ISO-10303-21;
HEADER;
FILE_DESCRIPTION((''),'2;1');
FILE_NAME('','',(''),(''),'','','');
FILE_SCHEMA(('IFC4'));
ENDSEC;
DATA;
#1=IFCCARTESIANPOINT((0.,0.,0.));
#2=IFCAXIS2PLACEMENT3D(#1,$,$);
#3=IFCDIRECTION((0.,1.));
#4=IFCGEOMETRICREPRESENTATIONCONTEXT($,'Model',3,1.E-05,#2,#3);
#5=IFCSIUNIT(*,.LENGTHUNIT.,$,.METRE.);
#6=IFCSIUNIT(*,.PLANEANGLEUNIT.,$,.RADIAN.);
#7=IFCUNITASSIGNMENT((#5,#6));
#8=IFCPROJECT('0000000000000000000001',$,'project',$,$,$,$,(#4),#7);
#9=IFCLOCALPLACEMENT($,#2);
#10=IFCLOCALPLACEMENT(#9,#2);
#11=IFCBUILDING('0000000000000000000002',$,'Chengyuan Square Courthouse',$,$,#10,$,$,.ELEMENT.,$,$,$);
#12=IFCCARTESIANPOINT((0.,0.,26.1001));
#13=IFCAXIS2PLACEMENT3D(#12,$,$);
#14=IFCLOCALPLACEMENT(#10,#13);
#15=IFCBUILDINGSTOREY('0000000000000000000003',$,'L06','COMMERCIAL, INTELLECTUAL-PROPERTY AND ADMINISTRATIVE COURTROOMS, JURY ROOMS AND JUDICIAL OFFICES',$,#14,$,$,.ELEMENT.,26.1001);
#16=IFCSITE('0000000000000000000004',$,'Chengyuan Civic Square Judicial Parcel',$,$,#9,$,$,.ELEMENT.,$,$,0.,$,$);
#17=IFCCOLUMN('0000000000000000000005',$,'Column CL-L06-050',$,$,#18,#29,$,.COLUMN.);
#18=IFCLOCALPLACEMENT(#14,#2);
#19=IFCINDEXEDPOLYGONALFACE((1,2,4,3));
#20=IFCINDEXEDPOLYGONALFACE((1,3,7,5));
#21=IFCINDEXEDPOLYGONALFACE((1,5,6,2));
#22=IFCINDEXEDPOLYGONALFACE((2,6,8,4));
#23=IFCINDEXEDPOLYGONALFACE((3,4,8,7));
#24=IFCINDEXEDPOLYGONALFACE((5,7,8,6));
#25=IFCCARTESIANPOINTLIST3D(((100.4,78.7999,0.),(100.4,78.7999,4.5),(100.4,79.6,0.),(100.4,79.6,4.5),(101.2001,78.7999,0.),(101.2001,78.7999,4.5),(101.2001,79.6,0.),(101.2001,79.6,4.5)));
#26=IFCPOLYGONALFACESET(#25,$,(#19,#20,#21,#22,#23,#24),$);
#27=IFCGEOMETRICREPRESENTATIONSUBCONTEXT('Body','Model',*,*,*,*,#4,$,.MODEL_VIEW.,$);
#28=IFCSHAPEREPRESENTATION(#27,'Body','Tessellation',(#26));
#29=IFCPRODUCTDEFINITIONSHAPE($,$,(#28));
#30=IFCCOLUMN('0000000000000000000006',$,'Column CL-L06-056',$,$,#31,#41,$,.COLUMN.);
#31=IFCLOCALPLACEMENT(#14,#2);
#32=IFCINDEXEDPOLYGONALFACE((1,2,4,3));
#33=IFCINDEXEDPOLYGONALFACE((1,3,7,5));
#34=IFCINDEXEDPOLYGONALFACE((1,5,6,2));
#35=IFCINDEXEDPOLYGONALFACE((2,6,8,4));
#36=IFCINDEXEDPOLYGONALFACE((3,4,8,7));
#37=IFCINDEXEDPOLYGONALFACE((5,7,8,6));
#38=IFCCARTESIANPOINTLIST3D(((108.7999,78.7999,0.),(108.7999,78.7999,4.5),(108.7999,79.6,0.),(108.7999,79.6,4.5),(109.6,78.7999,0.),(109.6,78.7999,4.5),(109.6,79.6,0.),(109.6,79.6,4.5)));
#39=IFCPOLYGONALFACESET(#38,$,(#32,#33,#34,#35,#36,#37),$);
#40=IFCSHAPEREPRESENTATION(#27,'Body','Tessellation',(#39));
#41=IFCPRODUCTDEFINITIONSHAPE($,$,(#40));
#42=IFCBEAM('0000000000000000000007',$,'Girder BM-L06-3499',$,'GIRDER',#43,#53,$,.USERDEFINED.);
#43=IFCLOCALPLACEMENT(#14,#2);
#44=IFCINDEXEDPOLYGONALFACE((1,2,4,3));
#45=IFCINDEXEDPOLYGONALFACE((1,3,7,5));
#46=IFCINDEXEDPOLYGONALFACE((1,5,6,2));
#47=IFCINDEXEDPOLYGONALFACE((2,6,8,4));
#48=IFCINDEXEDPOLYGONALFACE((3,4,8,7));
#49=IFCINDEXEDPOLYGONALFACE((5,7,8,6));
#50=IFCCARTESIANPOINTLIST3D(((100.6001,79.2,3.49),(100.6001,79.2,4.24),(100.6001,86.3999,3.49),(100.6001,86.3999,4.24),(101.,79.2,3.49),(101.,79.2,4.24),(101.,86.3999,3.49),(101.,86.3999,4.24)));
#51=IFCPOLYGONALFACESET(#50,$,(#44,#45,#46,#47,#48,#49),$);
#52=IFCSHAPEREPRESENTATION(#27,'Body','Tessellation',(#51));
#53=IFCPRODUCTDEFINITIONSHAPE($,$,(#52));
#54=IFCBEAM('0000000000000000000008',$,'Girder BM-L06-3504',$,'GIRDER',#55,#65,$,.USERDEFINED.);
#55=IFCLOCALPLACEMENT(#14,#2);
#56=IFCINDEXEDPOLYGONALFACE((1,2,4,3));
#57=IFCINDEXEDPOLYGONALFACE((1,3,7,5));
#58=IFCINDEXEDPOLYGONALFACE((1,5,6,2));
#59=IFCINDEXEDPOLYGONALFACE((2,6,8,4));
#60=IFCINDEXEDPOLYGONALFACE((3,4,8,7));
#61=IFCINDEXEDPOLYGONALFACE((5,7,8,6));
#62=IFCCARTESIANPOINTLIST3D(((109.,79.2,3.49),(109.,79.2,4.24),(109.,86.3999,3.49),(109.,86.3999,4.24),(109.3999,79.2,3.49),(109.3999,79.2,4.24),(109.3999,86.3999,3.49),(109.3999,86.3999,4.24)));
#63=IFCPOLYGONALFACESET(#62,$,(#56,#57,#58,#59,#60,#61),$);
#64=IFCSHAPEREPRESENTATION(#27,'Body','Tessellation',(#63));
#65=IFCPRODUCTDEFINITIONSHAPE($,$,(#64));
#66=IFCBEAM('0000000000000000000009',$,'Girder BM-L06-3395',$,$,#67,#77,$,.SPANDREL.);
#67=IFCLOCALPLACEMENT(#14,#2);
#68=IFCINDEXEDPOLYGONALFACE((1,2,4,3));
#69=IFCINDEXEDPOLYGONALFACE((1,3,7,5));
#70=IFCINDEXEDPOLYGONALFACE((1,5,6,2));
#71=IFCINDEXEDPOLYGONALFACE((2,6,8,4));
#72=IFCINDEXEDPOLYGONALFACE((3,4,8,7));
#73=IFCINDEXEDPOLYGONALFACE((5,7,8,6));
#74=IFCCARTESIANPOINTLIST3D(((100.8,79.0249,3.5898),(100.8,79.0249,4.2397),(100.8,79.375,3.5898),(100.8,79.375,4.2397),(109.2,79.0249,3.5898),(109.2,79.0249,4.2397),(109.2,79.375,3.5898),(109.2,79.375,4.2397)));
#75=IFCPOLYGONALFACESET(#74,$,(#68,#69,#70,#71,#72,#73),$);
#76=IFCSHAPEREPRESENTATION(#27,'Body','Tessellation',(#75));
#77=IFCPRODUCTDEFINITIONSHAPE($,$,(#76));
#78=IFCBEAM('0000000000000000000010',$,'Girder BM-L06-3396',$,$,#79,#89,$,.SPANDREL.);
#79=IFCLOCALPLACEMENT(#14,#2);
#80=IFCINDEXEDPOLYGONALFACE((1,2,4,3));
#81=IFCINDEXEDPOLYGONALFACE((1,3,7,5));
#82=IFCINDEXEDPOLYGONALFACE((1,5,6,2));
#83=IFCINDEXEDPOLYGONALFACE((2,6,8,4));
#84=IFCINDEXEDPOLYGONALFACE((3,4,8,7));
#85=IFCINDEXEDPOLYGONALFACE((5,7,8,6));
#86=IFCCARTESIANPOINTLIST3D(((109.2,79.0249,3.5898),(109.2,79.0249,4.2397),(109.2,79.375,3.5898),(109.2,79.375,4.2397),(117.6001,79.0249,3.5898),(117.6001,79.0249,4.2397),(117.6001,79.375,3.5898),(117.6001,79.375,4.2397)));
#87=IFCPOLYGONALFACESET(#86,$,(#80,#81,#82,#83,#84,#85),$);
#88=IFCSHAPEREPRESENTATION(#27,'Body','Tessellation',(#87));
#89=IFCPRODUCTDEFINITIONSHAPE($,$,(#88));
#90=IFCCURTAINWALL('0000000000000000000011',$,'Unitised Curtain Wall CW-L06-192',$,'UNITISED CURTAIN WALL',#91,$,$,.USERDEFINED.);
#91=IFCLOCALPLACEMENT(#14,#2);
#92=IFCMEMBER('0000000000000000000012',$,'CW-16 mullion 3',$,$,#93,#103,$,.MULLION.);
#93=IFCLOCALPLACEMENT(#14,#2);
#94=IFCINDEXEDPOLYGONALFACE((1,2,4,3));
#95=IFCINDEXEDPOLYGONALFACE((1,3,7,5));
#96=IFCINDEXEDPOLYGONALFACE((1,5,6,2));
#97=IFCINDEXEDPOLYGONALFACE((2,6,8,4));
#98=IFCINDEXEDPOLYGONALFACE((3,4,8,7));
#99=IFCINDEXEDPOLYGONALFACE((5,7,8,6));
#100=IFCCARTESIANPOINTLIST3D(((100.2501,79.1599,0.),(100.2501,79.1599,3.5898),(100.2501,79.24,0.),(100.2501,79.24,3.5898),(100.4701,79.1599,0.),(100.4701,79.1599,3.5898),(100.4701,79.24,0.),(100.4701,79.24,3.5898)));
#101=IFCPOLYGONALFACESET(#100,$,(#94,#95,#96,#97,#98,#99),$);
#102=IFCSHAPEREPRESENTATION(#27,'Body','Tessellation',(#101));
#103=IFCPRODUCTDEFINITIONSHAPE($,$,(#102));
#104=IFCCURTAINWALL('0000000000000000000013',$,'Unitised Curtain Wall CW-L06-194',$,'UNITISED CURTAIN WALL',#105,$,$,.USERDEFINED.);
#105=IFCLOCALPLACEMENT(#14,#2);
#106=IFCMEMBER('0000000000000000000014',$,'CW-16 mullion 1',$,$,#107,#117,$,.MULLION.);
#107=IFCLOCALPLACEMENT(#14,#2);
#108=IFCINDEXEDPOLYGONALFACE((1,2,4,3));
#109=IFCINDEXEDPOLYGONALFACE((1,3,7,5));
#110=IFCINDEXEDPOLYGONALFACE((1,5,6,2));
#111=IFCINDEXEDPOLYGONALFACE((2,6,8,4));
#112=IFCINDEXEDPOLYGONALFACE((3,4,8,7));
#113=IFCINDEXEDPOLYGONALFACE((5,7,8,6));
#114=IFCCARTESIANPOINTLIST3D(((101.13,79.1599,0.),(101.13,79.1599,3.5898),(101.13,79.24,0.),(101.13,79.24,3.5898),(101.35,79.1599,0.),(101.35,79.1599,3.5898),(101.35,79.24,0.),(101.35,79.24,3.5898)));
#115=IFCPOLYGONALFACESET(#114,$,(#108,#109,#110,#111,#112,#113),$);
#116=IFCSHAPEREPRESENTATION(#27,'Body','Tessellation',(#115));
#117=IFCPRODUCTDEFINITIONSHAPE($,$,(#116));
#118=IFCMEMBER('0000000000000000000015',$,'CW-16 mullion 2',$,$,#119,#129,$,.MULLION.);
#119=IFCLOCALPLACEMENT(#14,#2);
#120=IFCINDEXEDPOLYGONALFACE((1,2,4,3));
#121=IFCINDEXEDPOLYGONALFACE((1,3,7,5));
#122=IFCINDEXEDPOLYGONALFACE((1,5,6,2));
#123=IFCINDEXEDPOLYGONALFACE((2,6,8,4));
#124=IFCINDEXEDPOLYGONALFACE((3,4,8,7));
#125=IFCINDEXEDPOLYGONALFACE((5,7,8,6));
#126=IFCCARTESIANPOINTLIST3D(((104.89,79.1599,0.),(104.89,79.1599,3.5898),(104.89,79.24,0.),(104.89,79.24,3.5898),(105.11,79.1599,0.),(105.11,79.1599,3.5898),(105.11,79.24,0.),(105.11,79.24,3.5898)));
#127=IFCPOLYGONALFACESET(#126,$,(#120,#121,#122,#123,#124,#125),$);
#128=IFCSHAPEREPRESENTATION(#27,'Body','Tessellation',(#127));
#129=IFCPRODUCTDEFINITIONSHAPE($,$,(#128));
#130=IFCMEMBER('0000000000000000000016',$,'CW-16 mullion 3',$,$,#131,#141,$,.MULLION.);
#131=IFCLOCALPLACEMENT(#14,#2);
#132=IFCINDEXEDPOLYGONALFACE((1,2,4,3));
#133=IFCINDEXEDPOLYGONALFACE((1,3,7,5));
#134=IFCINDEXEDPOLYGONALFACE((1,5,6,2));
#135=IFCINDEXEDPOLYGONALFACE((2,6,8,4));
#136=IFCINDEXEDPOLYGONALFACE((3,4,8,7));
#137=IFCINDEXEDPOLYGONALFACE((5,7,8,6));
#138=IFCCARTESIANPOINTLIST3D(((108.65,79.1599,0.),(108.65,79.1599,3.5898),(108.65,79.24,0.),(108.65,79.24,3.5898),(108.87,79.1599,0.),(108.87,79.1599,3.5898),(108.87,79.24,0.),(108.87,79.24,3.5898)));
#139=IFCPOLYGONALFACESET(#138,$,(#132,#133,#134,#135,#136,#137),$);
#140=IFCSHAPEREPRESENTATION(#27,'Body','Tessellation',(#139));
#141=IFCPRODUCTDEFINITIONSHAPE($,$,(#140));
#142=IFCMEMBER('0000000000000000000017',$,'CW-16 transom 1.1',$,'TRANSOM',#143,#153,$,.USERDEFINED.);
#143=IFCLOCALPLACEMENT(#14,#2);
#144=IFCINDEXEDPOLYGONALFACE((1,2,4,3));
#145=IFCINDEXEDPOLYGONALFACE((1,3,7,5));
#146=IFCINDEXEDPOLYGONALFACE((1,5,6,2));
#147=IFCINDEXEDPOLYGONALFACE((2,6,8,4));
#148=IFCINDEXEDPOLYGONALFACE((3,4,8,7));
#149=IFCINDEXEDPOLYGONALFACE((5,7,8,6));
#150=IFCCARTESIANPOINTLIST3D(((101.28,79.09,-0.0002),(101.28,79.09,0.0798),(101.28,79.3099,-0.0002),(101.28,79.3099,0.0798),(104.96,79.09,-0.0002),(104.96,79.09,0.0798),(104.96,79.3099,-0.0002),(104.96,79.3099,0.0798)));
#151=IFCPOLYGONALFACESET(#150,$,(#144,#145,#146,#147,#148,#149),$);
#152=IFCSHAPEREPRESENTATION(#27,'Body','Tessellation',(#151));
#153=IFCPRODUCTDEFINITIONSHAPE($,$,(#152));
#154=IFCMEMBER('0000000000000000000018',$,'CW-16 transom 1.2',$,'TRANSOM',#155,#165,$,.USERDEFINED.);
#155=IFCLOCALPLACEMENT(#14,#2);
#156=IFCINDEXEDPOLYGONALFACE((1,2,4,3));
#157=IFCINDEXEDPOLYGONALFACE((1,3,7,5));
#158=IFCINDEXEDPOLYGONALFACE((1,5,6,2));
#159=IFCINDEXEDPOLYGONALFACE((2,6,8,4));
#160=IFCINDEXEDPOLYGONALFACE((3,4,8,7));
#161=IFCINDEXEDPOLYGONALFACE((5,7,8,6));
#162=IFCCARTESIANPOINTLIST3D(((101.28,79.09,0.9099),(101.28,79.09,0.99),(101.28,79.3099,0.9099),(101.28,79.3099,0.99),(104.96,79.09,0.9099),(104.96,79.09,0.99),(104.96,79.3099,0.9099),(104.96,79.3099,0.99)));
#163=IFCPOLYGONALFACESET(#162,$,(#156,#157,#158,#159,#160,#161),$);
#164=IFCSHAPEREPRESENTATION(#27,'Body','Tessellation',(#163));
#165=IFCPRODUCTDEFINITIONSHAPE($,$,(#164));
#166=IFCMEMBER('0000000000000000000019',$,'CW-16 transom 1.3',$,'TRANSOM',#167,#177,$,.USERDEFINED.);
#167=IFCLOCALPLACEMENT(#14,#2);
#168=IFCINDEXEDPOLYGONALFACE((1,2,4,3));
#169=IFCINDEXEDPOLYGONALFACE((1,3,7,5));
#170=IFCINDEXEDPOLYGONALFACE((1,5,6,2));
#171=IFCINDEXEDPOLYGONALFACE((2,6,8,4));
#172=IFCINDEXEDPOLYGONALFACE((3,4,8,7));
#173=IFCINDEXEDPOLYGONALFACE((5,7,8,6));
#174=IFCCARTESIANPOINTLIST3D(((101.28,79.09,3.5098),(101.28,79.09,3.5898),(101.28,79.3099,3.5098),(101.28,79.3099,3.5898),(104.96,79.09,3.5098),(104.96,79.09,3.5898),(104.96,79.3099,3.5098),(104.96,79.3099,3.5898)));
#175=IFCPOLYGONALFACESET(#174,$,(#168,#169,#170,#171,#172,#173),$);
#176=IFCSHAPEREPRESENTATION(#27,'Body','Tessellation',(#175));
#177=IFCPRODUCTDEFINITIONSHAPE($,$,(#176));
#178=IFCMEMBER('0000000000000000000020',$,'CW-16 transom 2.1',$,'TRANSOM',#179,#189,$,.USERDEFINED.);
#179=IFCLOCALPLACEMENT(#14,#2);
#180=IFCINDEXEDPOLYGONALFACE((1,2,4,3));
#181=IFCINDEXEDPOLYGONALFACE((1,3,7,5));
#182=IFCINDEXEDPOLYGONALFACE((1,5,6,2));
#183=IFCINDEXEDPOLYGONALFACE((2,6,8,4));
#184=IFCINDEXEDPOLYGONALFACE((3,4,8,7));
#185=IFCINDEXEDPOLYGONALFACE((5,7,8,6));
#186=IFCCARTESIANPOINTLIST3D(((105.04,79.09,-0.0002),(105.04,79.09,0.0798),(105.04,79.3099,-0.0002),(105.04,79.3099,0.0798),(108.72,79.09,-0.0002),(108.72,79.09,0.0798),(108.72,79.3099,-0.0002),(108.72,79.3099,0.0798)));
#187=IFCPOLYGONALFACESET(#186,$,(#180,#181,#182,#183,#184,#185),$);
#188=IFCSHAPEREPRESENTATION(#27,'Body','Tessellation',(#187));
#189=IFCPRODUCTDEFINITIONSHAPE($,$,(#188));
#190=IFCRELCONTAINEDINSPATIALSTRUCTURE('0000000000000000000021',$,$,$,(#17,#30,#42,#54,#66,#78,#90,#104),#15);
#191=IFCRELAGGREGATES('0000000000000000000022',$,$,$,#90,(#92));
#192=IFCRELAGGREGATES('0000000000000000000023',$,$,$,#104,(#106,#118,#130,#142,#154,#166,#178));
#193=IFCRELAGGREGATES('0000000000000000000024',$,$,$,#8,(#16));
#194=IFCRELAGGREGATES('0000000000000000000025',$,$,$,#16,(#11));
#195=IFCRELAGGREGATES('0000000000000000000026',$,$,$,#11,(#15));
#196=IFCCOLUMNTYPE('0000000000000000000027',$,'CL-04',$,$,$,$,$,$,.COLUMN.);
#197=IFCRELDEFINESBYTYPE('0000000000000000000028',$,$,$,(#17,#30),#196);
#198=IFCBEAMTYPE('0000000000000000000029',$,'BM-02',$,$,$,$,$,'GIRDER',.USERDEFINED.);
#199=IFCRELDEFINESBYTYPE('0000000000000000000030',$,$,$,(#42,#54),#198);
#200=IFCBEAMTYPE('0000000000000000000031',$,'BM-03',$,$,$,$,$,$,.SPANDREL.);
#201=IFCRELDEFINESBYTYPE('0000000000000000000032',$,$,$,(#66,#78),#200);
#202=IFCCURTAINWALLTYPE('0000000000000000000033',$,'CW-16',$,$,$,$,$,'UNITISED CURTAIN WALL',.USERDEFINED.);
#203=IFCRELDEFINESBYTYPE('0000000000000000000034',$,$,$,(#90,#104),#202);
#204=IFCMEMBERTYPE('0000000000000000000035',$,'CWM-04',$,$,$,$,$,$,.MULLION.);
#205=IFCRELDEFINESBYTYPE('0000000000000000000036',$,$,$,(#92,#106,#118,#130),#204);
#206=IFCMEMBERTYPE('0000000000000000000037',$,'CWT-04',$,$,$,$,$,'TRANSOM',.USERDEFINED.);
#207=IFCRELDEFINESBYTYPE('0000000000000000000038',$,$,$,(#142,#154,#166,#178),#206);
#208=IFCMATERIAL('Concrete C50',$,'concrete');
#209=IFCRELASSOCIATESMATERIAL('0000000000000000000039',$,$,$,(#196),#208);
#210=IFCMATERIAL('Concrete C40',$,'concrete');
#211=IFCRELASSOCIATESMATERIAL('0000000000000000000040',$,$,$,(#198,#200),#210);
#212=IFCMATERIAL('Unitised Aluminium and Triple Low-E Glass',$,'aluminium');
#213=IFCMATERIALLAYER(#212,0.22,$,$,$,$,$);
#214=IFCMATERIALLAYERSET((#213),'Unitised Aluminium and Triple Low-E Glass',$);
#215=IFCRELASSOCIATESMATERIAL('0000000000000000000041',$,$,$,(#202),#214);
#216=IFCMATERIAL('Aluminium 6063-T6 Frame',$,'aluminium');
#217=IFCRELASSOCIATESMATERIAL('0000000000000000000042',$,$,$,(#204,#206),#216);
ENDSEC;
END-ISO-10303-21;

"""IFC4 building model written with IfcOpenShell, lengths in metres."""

from ifc_helpers import new_model, si_unit, direction, frame, origin, origin_2d, place, context, subcontext, project, spatial, rectangle, extrude, material, layer, layer_set, material_profile, profile_set, type_object, element, aggregate, save


model = new_model("IFC4")

# Units and contexts
model_context = context("Model", 3, precision=1e-05, world=origin(), true_north=direction((0.0, 1.0)))
body_context = subcontext(model_context, "Body", "Model", "MODEL_VIEW")
ifc_project = project(units=[si_unit("LENGTHUNIT", "METRE"), si_unit("PLANEANGLEUNIT", "RADIAN")], contexts=[model_context])

# Site, building, storey
site_placement = place(None, origin())
site = spatial("IfcSite", under=ifc_project, at=site_placement, Name="Chengyuan Civic Square Judicial Parcel", CompositionType="ELEMENT", RefElevation=0.0)
building_placement = place(site_placement, origin())
building = spatial("IfcBuilding", under=site, at=building_placement, Name="Chengyuan Square Courthouse", CompositionType="ELEMENT")
storey_placement = place(building_placement, frame((0.0, 0.0, 26.1001)))
storey = spatial("IfcBuildingStorey", under=building, at=storey_placement, Name="L06", Description="COMMERCIAL, INTELLECTUAL-PROPERTY AND ADMINISTRATIVE COURTROOMS, JURY ROOMS AND JUDICIAL OFFICES", CompositionType="ELEMENT", Elevation=26.1001)

# Columns
ifc_material_1 = material(Name="Concrete C50", Category="concrete")
ifc_material_profile_1 = material_profile(ifc_material_1, rectangle(XDim=0.8, YDim=0.8, at=origin_2d()), Name="RC-COL-800x800")
ifc_profile_set_1 = profile_set([ifc_material_profile_1], Name="Concrete C50")
column_type = type_object("IfcColumnType", Name="CL-04", PredefinedType="COLUMN", material=ifc_profile_set_1)
for number, where, z_axis, x_axis, name in (
    (1, (100.8, 79.2, 0.0), (0.0, 0.0, 1.0), (1.0, 0.0, 0.0), "Column CL-L06-050"),
    (2, (109.2, 79.2, 0.0), (0.0, 0.0, 1.0), (1.0, 0.0, 0.0), "Column CL-L06-056"),
):
    element("IfcColumn", number, at=place(storey_placement, frame(where, z_axis=z_axis, x_axis=x_axis)), inside=storey, type_object=column_type, Name=name, PredefinedType="COLUMN", context=body_context, shape_type="SweptSolid", body=[
        extrude(rectangle(XDim=0.8, YDim=0.8, at=origin_2d()), origin(), (0.0, 0.0, 1.0), 4.5),
    ])

# Beams
ifc_material_2 = material(Name="Concrete C40", Category="concrete")
ifc_material_profile_2 = material_profile(ifc_material_2, rectangle(XDim=0.3999, YDim=0.75, at=origin_2d()), Name="RC-BM-400x750")
ifc_profile_set_2 = profile_set([ifc_material_profile_2], Name="Concrete C40")
beam_type_1 = type_object("IfcBeamType", Name="BM-02", ElementType="GIRDER", PredefinedType="USERDEFINED", material=ifc_profile_set_2)
for number, where, z_axis, x_axis, name in (
    (3, (100.8, 79.2, 3.865), (0.0, 1.0, 0.0), (-1.0, 0.0, 0.0), "Girder BM-L06-3499"),
    (4, (109.2, 79.2, 3.865), (0.0, 1.0, 0.0), (-1.0, 0.0, 0.0), "Girder BM-L06-3504"),
):
    element("IfcBeam", number, at=place(storey_placement, frame(where, z_axis=z_axis, x_axis=x_axis)), inside=storey, type_object=beam_type_1, Name=name, ObjectType="GIRDER", PredefinedType="USERDEFINED", context=body_context, shape_type="SweptSolid", body=[
        extrude(rectangle(XDim=0.3999, YDim=0.75, at=origin_2d()), origin(), (0.0, 0.0, 1.0), 7.2),
    ])
ifc_material_profile_3 = material_profile(ifc_material_2, rectangle(XDim=0.3501, YDim=0.6499, at=origin_2d()), Name="RC-BM-350x650")
ifc_profile_set_3 = profile_set([ifc_material_profile_3], Name="Concrete C40")
beam_type_2 = type_object("IfcBeamType", Name="BM-03", PredefinedType="SPANDREL", material=ifc_profile_set_3)
beam_1_placement = place(storey_placement, frame((100.8, 79.2, 3.9148), z_axis=(1.0, 0.0, 0.0), x_axis=(0.0, 1.0, 0.0)))
element("IfcBeam", 5, at=beam_1_placement, inside=storey, type_object=beam_type_2, Name="Girder BM-L06-3395", PredefinedType="SPANDREL", context=body_context, shape_type="SweptSolid", body=[
    extrude(rectangle(XDim=0.3501, YDim=0.6499, at=origin_2d()), origin(), (0.0, 0.0, 1.0), 8.3999),
])
beam_2_placement = place(storey_placement, frame((109.2, 79.2, 3.9148), z_axis=(1.0, 0.0, 0.0), x_axis=(0.0, 1.0, 0.0)))
element("IfcBeam", 6, at=beam_2_placement, inside=storey, type_object=beam_type_2, Name="Girder BM-L06-3396", PredefinedType="SPANDREL", context=body_context, shape_type="SweptSolid", body=[
    extrude(rectangle(XDim=0.3501, YDim=0.6499, at=origin_2d()), origin(), (0.0, 0.0, 1.0), 8.4001),
])

# Curtain wall, member
ifc_material_3 = material(Name="Unitised Aluminium and Triple Low-E Glass", Category="aluminium")
ifc_layer_1 = layer(ifc_material_3, 0.22)
ifc_layer_set_1 = layer_set([ifc_layer_1], Name="Unitised Aluminium and Triple Low-E Glass")
curtain_wall_type = type_object("IfcCurtainWallType", Name="CW-16", ElementType="UNITISED CURTAIN WALL", PredefinedType="USERDEFINED", material=ifc_layer_set_1)
curtain_wall_1_placement = place(storey_placement, origin())
curtain_wall_1 = element("IfcCurtainWall", 7, at=curtain_wall_1_placement, inside=storey, type_object=curtain_wall_type, Name="Unitised Curtain Wall CW-L06-192", ObjectType="UNITISED CURTAIN WALL", PredefinedType="USERDEFINED")
ifc_material_4 = material(Name="Aluminium 6063-T6 Frame", Category="aluminium")
ifc_material_profile_4 = material_profile(ifc_material_4, rectangle(XDim=0.0801, YDim=0.22, at=origin_2d()), Name="CW-MUL-80x220")
ifc_profile_set_4 = profile_set([ifc_material_profile_4], Name="Aluminium 6063-T6 Frame")
member_type_1 = type_object("IfcMemberType", Name="CWM-04", PredefinedType="MULLION", material=ifc_profile_set_4)
member_1_placement = place(storey_placement, frame((100.3601, 79.2, 0.0), z_axis=(0.0, 0.0, 1.0), x_axis=(0.0, 1.0, 0.0)))
member_1 = element("IfcMember", 8, at=member_1_placement, type_object=member_type_1, Name="CW-16 mullion 3", PredefinedType="MULLION", context=body_context, shape_type="SweptSolid", body=[
    extrude(rectangle(XDim=0.0801, YDim=0.22, at=origin_2d()), origin(), (0.0, 0.0, 1.0), 3.5898),
])

# Curtain wall, members
curtain_wall_2_placement = place(storey_placement, origin())
curtain_wall_2 = element("IfcCurtainWall", 9, at=curtain_wall_2_placement, inside=storey, type_object=curtain_wall_type, Name="Unitised Curtain Wall CW-L06-194", ObjectType="UNITISED CURTAIN WALL", PredefinedType="USERDEFINED")
member_2_placement = place(storey_placement, frame((101.24, 79.2, 0.0), z_axis=(0.0, 0.0, 1.0), x_axis=(0.0, 1.0, 0.0)))
member_2 = element("IfcMember", 10, at=member_2_placement, type_object=member_type_1, Name="CW-16 mullion 1", PredefinedType="MULLION", context=body_context, shape_type="SweptSolid", body=[
    extrude(rectangle(XDim=0.0801, YDim=0.22, at=origin_2d()), origin(), (0.0, 0.0, 1.0), 3.5898),
])
member_3_placement = place(storey_placement, frame((105.0, 79.2, 0.0), z_axis=(0.0, 0.0, 1.0), x_axis=(0.0, 1.0, 0.0)))
member_3 = element("IfcMember", 11, at=member_3_placement, type_object=member_type_1, Name="CW-16 mullion 2", PredefinedType="MULLION", context=body_context, shape_type="SweptSolid", body=[
    extrude(rectangle(XDim=0.0801, YDim=0.22, at=origin_2d()), origin(), (0.0, 0.0, 1.0), 3.5898),
])
member_4_placement = place(storey_placement, frame((108.76, 79.2, 0.0), z_axis=(0.0, 0.0, 1.0), x_axis=(0.0, 1.0, 0.0)))
member_4 = element("IfcMember", 12, at=member_4_placement, type_object=member_type_1, Name="CW-16 mullion 3", PredefinedType="MULLION", context=body_context, shape_type="SweptSolid", body=[
    extrude(rectangle(XDim=0.0801, YDim=0.22, at=origin_2d()), origin(), (0.0, 0.0, 1.0), 3.5898),
])
ifc_material_profile_5 = material_profile(ifc_material_4, rectangle(XDim=0.22, YDim=0.0801, at=origin_2d()), Name="CW-TRN-80x180")
ifc_profile_set_5 = profile_set([ifc_material_profile_5], Name="Aluminium 6063-T6 Frame")
member_type_2 = type_object("IfcMemberType", Name="CWT-04", ElementType="TRANSOM", PredefinedType="USERDEFINED", material=ifc_profile_set_5)
member_5_placement = place(storey_placement, frame((101.28, 79.2, 0.0398), z_axis=(1.0, 0.0, 0.0), x_axis=(0.0, 1.0, 0.0)))
member_5 = element("IfcMember", 13, at=member_5_placement, type_object=member_type_2, Name="CW-16 transom 1.1", ObjectType="TRANSOM", PredefinedType="USERDEFINED", context=body_context, shape_type="SweptSolid", body=[
    extrude(rectangle(XDim=0.22, YDim=0.0801, at=origin_2d()), origin(), (0.0, 0.0, 1.0), 3.6799),
])
member_6_placement = place(storey_placement, frame((101.28, 79.2, 0.95), z_axis=(1.0, 0.0, 0.0), x_axis=(0.0, 1.0, 0.0)))
member_6 = element("IfcMember", 14, at=member_6_placement, type_object=member_type_2, Name="CW-16 transom 1.2", ObjectType="TRANSOM", PredefinedType="USERDEFINED", context=body_context, shape_type="SweptSolid", body=[
    extrude(rectangle(XDim=0.22, YDim=0.0801, at=origin_2d()), origin(), (0.0, 0.0, 1.0), 3.6799),
])
member_7_placement = place(storey_placement, frame((101.28, 79.2, 3.5498), z_axis=(1.0, 0.0, 0.0), x_axis=(0.0, 1.0, 0.0)))
member_7 = element("IfcMember", 15, at=member_7_placement, type_object=member_type_2, Name="CW-16 transom 1.3", ObjectType="TRANSOM", PredefinedType="USERDEFINED", context=body_context, shape_type="SweptSolid", body=[
    extrude(rectangle(XDim=0.22, YDim=0.0801, at=origin_2d()), origin(), (0.0, 0.0, 1.0), 3.6799),
])
member_8_placement = place(storey_placement, frame((105.04, 79.2, 0.0398), z_axis=(1.0, 0.0, 0.0), x_axis=(0.0, 1.0, 0.0)))
member_8 = element("IfcMember", 16, at=member_8_placement, type_object=member_type_2, Name="CW-16 transom 2.1", ObjectType="TRANSOM", PredefinedType="USERDEFINED", context=body_context, shape_type="SweptSolid", body=[
    extrude(rectangle(XDim=0.22, YDim=0.0801, at=origin_2d()), origin(), (0.0, 0.0, 1.0), 3.6799),
])

aggregate(curtain_wall_1, [member_1])
aggregate(curtain_wall_2, [member_2, member_3, member_4, member_5, member_6, member_7, member_8])

save(model, "model.ifc")
